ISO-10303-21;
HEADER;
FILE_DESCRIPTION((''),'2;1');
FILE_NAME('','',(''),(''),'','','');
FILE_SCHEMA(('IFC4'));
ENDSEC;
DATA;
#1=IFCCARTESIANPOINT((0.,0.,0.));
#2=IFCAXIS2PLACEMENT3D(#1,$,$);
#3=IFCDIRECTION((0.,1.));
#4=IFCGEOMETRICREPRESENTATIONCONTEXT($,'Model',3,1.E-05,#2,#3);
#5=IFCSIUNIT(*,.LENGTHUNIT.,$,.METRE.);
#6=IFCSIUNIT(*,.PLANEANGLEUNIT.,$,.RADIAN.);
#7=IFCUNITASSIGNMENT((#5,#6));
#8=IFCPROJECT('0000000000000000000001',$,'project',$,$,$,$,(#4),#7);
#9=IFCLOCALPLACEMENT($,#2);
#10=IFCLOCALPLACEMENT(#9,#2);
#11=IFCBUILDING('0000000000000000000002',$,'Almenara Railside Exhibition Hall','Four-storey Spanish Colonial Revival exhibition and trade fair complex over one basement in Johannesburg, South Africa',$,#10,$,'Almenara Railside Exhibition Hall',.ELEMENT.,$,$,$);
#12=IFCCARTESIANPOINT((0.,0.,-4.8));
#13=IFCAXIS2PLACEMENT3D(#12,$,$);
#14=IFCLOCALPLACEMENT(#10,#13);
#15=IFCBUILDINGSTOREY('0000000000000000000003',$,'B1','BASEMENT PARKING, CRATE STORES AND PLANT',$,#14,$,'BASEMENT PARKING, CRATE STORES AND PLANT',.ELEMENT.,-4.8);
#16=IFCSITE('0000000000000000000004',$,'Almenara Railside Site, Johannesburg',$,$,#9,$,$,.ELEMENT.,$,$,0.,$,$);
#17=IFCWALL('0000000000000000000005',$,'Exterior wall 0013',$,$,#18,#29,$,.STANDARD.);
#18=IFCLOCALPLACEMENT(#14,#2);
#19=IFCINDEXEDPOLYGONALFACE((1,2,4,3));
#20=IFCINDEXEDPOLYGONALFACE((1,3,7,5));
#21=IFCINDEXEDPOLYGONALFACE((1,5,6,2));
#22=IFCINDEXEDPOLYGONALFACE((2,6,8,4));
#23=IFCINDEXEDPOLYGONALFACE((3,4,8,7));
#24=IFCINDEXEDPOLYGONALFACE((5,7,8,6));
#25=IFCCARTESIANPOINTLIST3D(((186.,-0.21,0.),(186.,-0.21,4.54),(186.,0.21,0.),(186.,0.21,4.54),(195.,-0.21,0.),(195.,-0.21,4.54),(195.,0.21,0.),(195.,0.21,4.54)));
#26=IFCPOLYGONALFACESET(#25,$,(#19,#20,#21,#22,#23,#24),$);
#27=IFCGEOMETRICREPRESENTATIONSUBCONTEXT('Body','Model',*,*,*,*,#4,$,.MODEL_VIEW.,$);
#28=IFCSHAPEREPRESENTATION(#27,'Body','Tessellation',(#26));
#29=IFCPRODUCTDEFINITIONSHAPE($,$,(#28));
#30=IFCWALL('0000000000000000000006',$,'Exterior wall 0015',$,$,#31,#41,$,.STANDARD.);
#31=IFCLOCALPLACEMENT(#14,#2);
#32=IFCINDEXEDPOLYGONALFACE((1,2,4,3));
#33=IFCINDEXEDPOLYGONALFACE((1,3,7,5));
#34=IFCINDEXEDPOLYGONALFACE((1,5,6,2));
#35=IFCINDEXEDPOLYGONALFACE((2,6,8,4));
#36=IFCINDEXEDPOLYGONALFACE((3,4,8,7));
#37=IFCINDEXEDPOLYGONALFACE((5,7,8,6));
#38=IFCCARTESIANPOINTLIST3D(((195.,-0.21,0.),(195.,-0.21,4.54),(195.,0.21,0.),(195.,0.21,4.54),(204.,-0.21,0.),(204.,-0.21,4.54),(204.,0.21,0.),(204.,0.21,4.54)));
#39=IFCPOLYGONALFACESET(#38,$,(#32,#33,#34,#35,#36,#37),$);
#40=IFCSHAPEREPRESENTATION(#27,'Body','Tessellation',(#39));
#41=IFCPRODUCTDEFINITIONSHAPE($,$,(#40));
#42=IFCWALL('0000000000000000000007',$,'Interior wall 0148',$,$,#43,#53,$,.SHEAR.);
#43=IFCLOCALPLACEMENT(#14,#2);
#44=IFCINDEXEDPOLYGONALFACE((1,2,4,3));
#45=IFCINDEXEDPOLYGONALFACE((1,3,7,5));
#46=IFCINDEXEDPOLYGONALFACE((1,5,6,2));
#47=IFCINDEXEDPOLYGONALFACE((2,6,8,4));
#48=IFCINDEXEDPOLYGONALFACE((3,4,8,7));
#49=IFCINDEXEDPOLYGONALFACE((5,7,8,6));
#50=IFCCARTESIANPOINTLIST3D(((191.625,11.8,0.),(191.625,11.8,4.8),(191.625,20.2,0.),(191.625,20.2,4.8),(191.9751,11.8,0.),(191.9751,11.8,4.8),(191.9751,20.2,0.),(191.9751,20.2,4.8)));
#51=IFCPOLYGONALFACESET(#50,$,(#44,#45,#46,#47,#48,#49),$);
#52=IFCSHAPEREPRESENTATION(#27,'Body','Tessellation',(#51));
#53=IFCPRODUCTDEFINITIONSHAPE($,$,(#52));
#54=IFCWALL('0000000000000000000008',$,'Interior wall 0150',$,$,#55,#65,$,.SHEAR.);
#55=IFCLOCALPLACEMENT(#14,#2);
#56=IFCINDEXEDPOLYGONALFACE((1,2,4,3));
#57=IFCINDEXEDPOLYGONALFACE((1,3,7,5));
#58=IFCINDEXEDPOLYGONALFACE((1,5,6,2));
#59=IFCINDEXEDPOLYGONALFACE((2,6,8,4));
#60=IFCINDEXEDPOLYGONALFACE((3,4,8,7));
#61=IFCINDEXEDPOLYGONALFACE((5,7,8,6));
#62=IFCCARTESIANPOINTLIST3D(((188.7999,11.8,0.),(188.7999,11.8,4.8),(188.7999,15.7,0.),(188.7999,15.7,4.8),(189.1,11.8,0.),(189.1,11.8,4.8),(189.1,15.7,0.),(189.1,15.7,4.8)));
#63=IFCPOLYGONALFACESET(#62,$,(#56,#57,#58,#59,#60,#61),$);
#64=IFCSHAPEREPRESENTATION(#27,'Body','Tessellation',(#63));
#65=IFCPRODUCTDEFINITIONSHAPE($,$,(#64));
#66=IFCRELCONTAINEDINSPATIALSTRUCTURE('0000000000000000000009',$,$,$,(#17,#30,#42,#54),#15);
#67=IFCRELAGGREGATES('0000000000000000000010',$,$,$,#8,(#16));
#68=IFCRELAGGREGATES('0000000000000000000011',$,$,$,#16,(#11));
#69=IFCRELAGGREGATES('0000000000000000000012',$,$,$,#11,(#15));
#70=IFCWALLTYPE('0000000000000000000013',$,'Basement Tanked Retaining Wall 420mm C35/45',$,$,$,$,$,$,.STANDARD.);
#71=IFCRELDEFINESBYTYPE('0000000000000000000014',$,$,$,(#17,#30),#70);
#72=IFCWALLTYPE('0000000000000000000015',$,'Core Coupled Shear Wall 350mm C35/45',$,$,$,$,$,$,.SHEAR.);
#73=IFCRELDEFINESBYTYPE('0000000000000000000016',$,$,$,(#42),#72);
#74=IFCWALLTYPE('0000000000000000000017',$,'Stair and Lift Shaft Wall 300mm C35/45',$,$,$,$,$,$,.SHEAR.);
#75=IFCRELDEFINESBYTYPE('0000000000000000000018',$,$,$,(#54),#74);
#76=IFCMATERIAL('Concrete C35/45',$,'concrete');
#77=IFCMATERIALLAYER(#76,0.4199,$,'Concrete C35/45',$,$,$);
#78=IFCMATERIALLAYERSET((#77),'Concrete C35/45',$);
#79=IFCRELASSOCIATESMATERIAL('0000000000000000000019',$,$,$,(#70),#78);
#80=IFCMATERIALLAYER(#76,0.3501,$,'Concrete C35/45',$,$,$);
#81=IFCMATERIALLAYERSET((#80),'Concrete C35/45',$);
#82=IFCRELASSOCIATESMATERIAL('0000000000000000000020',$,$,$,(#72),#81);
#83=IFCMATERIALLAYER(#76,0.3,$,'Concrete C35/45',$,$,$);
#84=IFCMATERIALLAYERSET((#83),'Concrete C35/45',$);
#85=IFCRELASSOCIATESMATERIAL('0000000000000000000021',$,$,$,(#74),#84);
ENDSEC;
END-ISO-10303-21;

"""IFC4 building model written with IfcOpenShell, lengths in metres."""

from ifc_helpers import new_model, si_unit, direction, frame, frame_2d, origin, place, context, subcontext, project, spatial, rectangle, extrude, material, layer, layer_set, type_object, element, save


model = new_model("IFC4")

# Units and contexts
model_context = context("Model", 3, precision=1e-05, world=origin(), true_north=direction((0.0, 1.0)))
body_context = subcontext(model_context, "Body", "Model", "MODEL_VIEW")
ifc_project = project(units=[si_unit("LENGTHUNIT", "METRE"), si_unit("PLANEANGLEUNIT", "RADIAN")], contexts=[model_context])

# Site, building, storey
site_placement = place(None, origin())
site = spatial("IfcSite", under=ifc_project, at=site_placement, Name="Almenara Railside Site, Johannesburg", CompositionType="ELEMENT", RefElevation=0.0)
building_placement = place(site_placement, origin())
building = spatial("IfcBuilding", under=site, at=building_placement, Name="Almenara Railside Exhibition Hall", Description="Four-storey Spanish Colonial Revival exhibition and trade fair complex over one basement in Johannesburg, South Africa", LongName="Almenara Railside Exhibition Hall", CompositionType="ELEMENT")
storey_placement = place(building_placement, frame((0.0, 0.0, -4.8)))
storey = spatial("IfcBuildingStorey", under=building, at=storey_placement, Name="B1", Description="BASEMENT PARKING, CRATE STORES AND PLANT", LongName="BASEMENT PARKING, CRATE STORES AND PLANT", CompositionType="ELEMENT", Elevation=-4.8)

# Shared definitions
ifc_material_1 = material(Name="Concrete C35/45", Category="concrete")

# Walls
ifc_layer_1 = layer(ifc_material_1, 0.4199, Name="Concrete C35/45")
ifc_layer_set_1 = layer_set([ifc_layer_1], Name="Concrete C35/45")
wall_type_1 = type_object("IfcWallType", Name="Basement Tanked Retaining Wall 420mm C35/45", PredefinedType="STANDARD", material=ifc_layer_set_1)
for number, where, z_axis, x_axis, name in (
    (1, (186.0, 0.0, 0.0), (0.0, 0.0, 1.0), (1.0, 0.0, 0.0), "Exterior wall 0013"),
    (2, (195.0, 0.0, 0.0), (0.0, 0.0, 1.0), (1.0, 0.0, 0.0), "Exterior wall 0015"),
):
    element("IfcWall", number, at=place(storey_placement, frame(where, z_axis=z_axis, x_axis=x_axis)), inside=storey, type_object=wall_type_1, Name=name, PredefinedType="STANDARD", context=body_context, shape_type="SweptSolid", body=[
        extrude(rectangle(XDim=9.0, YDim=0.4199, at=frame_2d((4.5, 0.0))), origin(), (0.0, 0.0, 1.0), 4.54),
    ])
ifc_layer_2 = layer(ifc_material_1, 0.3501, Name="Concrete C35/45")
ifc_layer_set_2 = layer_set([ifc_layer_2], Name="Concrete C35/45")
wall_type_2 = type_object("IfcWallType", Name="Core Coupled Shear Wall 350mm C35/45", PredefinedType="SHEAR", material=ifc_layer_set_2)
wall_1_placement = place(storey_placement, frame((191.8, 11.8, 0.0), z_axis=(0.0, 0.0, 1.0), x_axis=(0.0, 1.0, 0.0)))
element("IfcWall", 3, at=wall_1_placement, inside=storey, type_object=wall_type_2, Name="Interior wall 0148", PredefinedType="SHEAR", context=body_context, shape_type="SweptSolid", body=[
    extrude(rectangle(XDim=8.3999, YDim=0.3501, at=frame_2d((4.2, 0.0))), origin(), (0.0, 0.0, 1.0), 4.8),
])
ifc_layer_3 = layer(ifc_material_1, 0.3, Name="Concrete C35/45")
ifc_layer_set_3 = layer_set([ifc_layer_3], Name="Concrete C35/45")
wall_type_3 = type_object("IfcWallType", Name="Stair and Lift Shaft Wall 300mm C35/45", PredefinedType="SHEAR", material=ifc_layer_set_3)
wall_2_placement = place(storey_placement, frame((188.95, 11.8, 0.0), z_axis=(0.0, 0.0, 1.0), x_axis=(0.0, 1.0, 0.0)))
element("IfcWall", 4, at=wall_2_placement, inside=storey, type_object=wall_type_3, Name="Interior wall 0150", PredefinedType="SHEAR", context=body_context, shape_type="SweptSolid", body=[
    extrude(rectangle(XDim=3.8999, YDim=0.3, at=frame_2d((1.95, 0.0))), origin(), (0.0, 0.0, 1.0), 4.8),
])

save(model, "model.ifc")
